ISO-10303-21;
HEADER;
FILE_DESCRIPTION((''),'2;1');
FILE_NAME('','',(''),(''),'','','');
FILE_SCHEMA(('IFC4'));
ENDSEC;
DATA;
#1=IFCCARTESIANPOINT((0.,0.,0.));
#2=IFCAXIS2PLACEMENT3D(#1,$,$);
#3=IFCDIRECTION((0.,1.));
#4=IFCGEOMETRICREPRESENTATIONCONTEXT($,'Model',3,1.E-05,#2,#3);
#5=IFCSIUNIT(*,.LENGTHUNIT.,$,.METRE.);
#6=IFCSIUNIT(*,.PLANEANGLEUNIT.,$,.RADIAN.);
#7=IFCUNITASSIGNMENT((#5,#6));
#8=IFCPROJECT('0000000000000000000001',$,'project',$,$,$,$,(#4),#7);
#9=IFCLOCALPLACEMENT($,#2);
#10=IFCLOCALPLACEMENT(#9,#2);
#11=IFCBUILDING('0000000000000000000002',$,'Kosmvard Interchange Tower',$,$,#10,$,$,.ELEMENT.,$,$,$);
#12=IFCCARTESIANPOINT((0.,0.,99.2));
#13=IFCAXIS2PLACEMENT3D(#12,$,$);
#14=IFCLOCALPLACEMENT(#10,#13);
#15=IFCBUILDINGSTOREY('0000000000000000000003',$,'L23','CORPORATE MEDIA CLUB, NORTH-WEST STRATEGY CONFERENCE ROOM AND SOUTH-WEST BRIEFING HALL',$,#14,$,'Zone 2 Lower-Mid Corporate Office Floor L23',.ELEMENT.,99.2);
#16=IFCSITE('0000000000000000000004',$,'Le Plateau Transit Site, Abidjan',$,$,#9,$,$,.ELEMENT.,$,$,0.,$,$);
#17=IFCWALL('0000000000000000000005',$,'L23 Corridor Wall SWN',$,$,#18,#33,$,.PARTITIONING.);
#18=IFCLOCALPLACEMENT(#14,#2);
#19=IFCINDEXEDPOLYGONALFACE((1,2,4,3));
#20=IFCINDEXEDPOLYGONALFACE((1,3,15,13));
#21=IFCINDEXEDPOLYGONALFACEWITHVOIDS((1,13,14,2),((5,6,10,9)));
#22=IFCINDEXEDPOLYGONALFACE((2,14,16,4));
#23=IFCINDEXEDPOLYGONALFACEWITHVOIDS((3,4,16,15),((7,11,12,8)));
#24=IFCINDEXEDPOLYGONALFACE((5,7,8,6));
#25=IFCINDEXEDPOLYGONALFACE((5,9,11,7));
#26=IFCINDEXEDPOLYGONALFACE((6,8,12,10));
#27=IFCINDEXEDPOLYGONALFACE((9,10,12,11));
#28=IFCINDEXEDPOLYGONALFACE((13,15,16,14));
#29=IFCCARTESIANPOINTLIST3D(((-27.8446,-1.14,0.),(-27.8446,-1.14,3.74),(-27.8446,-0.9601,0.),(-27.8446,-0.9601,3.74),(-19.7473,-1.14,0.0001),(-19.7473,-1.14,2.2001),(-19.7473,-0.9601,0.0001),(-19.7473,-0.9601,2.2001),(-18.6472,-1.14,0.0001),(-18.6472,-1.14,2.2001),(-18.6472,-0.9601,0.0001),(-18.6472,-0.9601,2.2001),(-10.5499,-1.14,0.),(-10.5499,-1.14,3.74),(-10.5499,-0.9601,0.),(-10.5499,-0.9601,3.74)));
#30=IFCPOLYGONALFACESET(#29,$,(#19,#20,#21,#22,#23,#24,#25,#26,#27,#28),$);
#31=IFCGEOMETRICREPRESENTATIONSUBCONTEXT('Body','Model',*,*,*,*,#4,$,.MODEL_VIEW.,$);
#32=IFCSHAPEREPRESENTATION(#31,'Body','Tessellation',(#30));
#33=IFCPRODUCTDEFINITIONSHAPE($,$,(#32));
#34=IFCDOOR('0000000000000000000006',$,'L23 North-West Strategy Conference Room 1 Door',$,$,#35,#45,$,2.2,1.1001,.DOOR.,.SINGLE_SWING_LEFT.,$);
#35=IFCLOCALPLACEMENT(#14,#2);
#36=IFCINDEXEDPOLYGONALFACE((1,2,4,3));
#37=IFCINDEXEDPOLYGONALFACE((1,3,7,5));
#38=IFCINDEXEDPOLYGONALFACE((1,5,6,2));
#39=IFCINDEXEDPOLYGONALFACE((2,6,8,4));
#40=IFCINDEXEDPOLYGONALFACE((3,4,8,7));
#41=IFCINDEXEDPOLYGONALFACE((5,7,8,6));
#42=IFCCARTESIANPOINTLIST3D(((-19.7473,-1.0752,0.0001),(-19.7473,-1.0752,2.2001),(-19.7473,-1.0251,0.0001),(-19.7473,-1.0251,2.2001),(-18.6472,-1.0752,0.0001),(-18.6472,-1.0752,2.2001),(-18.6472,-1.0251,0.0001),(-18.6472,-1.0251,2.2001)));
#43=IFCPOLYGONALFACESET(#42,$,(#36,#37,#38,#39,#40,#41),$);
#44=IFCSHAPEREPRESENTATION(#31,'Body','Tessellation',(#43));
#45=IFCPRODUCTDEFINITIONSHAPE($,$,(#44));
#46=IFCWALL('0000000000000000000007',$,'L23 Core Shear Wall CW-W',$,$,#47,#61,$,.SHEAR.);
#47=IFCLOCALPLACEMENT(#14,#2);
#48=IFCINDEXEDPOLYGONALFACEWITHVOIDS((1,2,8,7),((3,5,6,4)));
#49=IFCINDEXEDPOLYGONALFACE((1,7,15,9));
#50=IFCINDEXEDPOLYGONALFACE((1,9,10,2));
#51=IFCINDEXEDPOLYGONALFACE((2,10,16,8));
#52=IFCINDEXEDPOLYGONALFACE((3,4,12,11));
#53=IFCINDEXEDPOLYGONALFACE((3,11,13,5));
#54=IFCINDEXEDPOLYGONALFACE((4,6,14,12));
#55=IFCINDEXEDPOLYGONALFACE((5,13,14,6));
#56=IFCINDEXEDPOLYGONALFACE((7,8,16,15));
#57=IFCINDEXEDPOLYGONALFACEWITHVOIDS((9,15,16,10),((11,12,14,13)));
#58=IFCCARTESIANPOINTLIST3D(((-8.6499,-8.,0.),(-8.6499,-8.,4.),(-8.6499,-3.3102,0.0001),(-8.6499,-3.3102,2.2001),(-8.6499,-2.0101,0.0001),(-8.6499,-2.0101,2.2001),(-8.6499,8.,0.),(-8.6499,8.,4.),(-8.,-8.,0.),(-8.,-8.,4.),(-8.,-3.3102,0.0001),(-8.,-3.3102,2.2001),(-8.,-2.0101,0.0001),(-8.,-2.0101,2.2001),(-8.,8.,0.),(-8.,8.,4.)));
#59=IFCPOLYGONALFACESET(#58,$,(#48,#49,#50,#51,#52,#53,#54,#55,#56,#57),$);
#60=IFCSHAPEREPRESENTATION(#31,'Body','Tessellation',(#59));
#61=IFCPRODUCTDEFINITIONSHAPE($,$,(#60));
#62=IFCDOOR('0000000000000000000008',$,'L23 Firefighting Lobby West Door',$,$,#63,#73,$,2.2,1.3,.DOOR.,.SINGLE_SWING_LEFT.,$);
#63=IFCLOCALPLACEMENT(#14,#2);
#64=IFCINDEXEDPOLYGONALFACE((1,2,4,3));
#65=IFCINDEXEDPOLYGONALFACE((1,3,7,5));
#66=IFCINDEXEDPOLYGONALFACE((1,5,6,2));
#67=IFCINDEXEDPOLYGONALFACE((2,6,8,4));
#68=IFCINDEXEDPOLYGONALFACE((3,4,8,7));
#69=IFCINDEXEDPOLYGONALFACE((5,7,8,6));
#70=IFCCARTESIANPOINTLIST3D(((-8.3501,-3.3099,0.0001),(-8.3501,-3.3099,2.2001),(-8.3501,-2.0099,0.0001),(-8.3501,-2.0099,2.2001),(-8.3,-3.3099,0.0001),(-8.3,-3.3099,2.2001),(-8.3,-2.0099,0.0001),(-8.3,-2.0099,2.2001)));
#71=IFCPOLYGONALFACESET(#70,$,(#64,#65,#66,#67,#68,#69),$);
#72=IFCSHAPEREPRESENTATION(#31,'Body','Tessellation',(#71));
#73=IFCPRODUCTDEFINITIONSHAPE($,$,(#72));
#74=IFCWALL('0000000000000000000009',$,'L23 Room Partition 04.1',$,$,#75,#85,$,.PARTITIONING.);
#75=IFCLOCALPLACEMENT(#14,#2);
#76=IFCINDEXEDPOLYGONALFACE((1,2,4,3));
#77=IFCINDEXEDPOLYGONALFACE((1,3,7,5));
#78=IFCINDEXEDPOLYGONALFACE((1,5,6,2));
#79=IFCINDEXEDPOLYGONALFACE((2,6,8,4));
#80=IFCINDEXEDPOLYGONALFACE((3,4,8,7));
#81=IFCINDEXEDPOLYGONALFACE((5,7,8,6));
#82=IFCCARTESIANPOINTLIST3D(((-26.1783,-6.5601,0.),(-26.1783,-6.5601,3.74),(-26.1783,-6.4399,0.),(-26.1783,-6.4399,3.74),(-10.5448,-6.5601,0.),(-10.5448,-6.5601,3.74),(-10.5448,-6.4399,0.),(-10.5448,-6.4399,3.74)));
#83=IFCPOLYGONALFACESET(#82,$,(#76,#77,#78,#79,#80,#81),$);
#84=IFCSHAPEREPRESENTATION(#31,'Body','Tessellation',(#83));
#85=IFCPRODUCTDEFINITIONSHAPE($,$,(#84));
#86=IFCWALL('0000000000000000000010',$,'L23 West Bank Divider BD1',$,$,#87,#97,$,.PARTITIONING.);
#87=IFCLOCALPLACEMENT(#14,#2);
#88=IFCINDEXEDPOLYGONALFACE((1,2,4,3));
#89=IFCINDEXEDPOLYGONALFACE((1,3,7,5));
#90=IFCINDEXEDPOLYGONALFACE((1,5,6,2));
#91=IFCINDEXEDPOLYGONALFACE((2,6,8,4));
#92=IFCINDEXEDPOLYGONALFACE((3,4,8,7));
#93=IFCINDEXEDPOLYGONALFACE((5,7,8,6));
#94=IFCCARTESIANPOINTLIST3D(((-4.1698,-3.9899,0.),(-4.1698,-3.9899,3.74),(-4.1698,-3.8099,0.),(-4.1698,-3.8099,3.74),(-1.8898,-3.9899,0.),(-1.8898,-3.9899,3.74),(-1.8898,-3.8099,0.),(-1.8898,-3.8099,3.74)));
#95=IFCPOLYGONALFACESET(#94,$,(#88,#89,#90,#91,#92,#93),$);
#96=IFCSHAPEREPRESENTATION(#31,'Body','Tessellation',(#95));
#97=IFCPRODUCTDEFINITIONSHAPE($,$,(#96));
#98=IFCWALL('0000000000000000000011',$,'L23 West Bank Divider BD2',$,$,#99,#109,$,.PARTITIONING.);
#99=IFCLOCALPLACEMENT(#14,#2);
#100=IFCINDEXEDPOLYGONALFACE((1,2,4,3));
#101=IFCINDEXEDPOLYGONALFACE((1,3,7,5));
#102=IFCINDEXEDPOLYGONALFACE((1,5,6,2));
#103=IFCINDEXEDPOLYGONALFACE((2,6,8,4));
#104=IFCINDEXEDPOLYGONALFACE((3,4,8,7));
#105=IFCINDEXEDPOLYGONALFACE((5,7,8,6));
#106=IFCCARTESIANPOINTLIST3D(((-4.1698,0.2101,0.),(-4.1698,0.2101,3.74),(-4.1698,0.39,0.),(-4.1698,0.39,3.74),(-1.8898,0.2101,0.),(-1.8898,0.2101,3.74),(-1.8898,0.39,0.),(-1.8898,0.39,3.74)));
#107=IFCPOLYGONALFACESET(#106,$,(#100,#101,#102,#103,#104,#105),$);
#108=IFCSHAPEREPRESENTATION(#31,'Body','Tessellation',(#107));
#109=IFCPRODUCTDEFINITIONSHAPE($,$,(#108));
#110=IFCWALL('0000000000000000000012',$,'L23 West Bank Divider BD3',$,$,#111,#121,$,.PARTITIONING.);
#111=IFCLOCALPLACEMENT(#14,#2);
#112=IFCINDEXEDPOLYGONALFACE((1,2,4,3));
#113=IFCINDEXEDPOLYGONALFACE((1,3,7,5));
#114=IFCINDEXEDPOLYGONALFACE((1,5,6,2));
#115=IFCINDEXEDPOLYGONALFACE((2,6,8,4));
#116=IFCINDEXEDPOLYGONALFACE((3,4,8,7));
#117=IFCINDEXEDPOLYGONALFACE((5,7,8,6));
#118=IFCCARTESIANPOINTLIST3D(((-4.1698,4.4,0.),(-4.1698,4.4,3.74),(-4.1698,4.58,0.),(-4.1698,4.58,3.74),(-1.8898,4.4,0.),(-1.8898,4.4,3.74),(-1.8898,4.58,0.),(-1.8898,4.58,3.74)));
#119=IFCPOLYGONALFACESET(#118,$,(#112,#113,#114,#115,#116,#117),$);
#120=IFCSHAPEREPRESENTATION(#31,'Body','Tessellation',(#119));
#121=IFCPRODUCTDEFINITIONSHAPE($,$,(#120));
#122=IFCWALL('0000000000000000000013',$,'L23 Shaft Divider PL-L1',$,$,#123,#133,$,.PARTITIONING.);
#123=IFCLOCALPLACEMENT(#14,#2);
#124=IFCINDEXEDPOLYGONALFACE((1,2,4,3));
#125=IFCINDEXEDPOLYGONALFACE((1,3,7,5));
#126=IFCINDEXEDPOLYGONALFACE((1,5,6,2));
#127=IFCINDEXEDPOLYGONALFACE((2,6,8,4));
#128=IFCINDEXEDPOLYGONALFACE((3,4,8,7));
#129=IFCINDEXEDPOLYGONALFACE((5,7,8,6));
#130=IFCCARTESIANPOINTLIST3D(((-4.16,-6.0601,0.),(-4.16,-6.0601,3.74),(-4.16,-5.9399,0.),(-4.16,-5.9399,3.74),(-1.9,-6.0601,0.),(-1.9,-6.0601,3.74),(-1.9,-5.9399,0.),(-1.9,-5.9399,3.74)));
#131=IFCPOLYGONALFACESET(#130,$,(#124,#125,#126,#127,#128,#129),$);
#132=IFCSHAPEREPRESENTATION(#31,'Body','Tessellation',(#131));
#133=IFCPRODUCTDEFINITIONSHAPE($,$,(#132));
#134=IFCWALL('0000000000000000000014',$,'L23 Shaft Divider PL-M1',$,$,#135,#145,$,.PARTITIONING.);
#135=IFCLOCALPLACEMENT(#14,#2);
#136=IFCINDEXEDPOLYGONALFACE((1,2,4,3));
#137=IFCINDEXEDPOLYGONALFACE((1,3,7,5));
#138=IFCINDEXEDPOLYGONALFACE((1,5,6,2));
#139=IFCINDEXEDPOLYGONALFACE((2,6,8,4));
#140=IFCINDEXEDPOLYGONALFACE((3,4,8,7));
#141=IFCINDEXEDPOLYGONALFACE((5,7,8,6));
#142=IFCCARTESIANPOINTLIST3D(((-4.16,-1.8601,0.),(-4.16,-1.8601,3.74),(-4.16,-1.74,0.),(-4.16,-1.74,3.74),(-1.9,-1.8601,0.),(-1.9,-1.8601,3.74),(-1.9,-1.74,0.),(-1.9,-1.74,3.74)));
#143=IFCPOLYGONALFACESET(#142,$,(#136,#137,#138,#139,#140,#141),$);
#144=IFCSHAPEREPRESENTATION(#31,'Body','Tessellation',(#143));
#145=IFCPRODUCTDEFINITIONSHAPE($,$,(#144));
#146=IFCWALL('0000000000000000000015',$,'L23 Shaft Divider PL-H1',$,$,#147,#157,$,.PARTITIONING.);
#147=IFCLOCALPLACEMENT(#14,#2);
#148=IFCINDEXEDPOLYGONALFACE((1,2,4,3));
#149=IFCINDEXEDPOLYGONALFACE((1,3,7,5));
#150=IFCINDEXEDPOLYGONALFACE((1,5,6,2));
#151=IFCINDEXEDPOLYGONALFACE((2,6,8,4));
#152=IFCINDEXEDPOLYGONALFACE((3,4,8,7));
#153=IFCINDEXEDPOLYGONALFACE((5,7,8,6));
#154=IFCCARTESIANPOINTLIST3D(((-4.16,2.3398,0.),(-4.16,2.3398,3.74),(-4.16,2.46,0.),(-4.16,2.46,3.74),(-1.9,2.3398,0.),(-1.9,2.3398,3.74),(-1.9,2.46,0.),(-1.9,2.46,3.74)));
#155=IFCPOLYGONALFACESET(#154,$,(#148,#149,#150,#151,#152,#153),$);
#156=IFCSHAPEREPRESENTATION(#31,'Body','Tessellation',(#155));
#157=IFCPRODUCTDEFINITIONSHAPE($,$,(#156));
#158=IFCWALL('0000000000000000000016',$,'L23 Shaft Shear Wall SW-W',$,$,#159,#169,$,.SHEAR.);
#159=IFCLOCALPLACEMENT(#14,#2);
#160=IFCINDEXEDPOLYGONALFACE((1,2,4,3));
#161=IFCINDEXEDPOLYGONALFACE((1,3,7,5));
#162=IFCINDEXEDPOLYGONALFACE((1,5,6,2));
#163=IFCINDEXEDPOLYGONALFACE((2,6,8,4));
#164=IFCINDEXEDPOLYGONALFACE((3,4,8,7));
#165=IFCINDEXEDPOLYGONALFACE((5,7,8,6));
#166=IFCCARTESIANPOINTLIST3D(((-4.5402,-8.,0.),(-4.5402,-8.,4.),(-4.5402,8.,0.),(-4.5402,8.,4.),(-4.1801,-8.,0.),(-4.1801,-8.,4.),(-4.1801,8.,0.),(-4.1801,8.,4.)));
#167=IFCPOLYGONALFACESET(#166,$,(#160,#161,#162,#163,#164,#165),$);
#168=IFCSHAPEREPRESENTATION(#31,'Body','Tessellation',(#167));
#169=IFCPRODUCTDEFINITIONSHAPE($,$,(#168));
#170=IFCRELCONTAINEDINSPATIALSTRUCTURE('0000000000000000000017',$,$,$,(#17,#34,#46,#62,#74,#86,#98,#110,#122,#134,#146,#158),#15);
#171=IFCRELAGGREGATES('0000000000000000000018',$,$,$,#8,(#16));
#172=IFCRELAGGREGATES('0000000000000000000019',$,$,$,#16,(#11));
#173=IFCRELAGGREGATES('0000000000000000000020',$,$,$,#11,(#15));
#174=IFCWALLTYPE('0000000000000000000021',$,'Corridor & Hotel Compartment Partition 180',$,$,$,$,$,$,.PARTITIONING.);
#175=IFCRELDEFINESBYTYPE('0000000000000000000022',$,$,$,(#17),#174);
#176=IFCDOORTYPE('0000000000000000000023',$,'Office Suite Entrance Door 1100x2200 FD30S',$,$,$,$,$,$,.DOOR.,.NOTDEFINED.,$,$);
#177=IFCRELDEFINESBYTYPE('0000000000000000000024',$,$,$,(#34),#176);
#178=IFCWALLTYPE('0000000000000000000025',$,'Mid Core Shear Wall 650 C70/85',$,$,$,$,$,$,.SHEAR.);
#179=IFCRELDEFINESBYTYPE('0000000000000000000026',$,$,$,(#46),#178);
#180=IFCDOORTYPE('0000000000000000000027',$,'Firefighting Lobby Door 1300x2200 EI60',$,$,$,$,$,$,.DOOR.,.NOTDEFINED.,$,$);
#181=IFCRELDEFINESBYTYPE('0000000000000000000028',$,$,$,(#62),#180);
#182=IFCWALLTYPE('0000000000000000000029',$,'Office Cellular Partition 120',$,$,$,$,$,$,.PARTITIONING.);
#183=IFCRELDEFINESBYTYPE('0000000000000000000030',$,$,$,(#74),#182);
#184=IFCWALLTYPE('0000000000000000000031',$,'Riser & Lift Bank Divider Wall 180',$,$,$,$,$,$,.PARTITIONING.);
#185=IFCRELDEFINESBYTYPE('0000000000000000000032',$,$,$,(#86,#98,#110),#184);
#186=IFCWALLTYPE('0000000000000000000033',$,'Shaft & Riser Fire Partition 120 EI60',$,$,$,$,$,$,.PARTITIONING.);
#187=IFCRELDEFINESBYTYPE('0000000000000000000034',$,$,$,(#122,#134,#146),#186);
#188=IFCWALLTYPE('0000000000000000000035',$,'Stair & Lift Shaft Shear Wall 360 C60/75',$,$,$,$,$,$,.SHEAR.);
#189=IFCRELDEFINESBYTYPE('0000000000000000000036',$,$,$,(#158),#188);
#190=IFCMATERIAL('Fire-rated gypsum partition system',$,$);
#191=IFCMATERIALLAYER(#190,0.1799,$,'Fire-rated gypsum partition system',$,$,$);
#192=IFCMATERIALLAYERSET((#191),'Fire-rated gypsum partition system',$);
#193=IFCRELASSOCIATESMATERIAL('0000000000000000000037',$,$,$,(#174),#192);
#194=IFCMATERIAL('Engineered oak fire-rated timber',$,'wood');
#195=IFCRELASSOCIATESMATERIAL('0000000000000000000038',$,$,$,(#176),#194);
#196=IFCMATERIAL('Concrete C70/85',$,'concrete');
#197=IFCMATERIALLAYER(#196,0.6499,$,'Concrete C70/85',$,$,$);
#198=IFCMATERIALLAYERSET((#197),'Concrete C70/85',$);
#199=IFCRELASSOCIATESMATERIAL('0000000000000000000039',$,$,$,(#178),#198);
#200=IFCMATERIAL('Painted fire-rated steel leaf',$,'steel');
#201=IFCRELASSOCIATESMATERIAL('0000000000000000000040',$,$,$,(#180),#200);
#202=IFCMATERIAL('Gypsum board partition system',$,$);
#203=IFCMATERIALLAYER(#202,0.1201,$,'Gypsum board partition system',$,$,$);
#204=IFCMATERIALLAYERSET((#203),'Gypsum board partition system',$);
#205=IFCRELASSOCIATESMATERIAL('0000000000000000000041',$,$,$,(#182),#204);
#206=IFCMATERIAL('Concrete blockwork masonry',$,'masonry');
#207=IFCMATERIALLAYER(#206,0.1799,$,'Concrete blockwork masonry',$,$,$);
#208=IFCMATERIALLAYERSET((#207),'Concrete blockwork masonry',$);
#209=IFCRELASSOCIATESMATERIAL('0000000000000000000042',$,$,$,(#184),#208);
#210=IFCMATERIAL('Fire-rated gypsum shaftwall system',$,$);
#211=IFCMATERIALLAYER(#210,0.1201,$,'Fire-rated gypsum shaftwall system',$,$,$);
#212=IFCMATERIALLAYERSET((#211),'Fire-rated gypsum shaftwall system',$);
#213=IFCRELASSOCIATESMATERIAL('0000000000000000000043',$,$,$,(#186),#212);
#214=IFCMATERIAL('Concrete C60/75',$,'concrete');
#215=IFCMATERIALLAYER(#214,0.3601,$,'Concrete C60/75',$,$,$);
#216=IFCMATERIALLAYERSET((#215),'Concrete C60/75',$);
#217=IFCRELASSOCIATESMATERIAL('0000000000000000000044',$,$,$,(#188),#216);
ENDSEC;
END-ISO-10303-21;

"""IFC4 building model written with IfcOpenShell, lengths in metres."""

from ifc_helpers import new_model, si_unit, direction, frame, frame_2d, origin, place, context, subcontext, project, spatial, rectangle, extrude, source, transform, mapped, material, layer, layer_set, type_object, element, fill, save


model = new_model("IFC4")

# Units and contexts
model_context = context("Model", 3, precision=1e-05, world=origin(), true_north=direction((0.0, 1.0)))
body_context = subcontext(model_context, "Body", "Model", "MODEL_VIEW")
ifc_project = project(units=[si_unit("LENGTHUNIT", "METRE"), si_unit("PLANEANGLEUNIT", "RADIAN")], contexts=[model_context])

# Site, building, storey
site_placement = place(None, origin())
site = spatial("IfcSite", under=ifc_project, at=site_placement, Name="Le Plateau Transit Site, Abidjan", CompositionType="ELEMENT", RefElevation=0.0)
building_placement = place(site_placement, origin())
building = spatial("IfcBuilding", under=site, at=building_placement, Name="Kosmvard Interchange Tower", CompositionType="ELEMENT")
storey_placement = place(building_placement, frame((0.0, 0.0, 99.2)))
storey = spatial("IfcBuildingStorey", under=building, at=storey_placement, Name="L23", Description="CORPORATE MEDIA CLUB, NORTH-WEST STRATEGY CONFERENCE ROOM AND SOUTH-WEST BRIEFING HALL", LongName="Zone 2 Lower-Mid Corporate Office Floor L23", CompositionType="ELEMENT", Elevation=99.2)

# Shared definitions
ifc_material_1 = material(Name="Concrete C60/75", Category="concrete")

# Shared definitions
ifc_material_2 = material(Name="Fire-rated gypsum partition system")
ifc_layer_1 = layer(ifc_material_2, 0.1799, Name="Fire-rated gypsum partition system")
ifc_layer_set_1 = layer_set([ifc_layer_1], Name="Fire-rated gypsum partition system")
wall_type_1 = type_object("IfcWallType", Name="Corridor & Hotel Compartment Partition 180", PredefinedType="PARTITIONING", material=ifc_layer_set_1)

# Walls, openings, doors
ifc_material_3 = material(Name="Engineered oak fire-rated timber", Category="wood")
door_type_1 = type_object("IfcDoorType", Name="Office Suite Entrance Door 1100x2200 FD30S", OperationType="NOTDEFINED", PredefinedType="DOOR", material=ifc_material_3)
shared_shape_1 = source(origin(), body_context, "Body", "SweptSolid", [
    extrude(rectangle(XDim=1.1001, YDim=2.2, at=frame_2d((0.55, 1.1001))), frame((0.0, 0.0249, 0.0), z_axis=(0.0, -1.0, 0.0), x_axis=(1.0, 0.0, 0.0)), (0.0, 0.0, 1.0), 0.05),
])
wall_1_placement = place(storey_placement, frame((-27.8447, -1.05, 0.0), z_axis=(0.0, 0.0, 1.0), x_axis=(1.0, 0.0, 0.0)))
wall_1 = element("IfcWall", 1, at=wall_1_placement, inside=storey, type_object=wall_type_1, Name="L23 Corridor Wall SWN", PredefinedType="PARTITIONING", context=body_context, shape_type="SweptSolid", body=[
    extrude(rectangle(XDim=17.2947, YDim=0.1799, at=frame_2d((8.6475, 0.0))), origin(), (0.0, 0.0, 1.0), 3.74),
])
opening_1_placement = place(wall_1_placement, frame((8.0974, 0.0, 0.0)))
opening_1 = element("IfcOpeningElement", 2, at=opening_1_placement, cuts=wall_1, PredefinedType="OPENING", context=body_context, shape_type="SweptSolid", body=[
    extrude(rectangle(XDim=1.1001, YDim=2.2, at=frame_2d((0.55, 1.1001))), frame((0.0, 0.1001, 0.0), z_axis=(0.0, -1.0, 0.0), x_axis=(1.0, 0.0, 0.0)), (0.0, 0.0, 1.0), 0.2),
])
door_1_placement = place(opening_1_placement, origin())
door_1 = element("IfcDoor", 3, at=door_1_placement, inside=storey, type_object=door_type_1, Name="L23 North-West Strategy Conference Room 1 Door", OperationType="SINGLE_SWING_LEFT", OverallHeight=2.2, OverallWidth=1.1001, PredefinedType="DOOR", context=body_context, shape_type="MappedRepresentation", body=[
    mapped(shared_shape_1, transform((0.0, 0.0, 0.0), scale=1.0)),
])
fill(opening_1, door_1)
ifc_material_4 = material(Name="Concrete C70/85", Category="concrete")
ifc_layer_2 = layer(ifc_material_4, 0.6499, Name="Concrete C70/85")
ifc_layer_set_2 = layer_set([ifc_layer_2], Name="Concrete C70/85")
wall_type_2 = type_object("IfcWallType", Name="Mid Core Shear Wall 650 C70/85", PredefinedType="SHEAR", material=ifc_layer_set_2)
wall_2_placement = place(storey_placement, frame((-8.325, -8.0, 0.0), z_axis=(0.0, 0.0, 1.0), x_axis=(0.0, 1.0, 0.0)))
wall_2 = element("IfcWall", 4, at=wall_2_placement, inside=storey, type_object=wall_type_2, Name="L23 Core Shear Wall CW-W", PredefinedType="SHEAR", context=body_context, shape_type="SweptSolid", body=[
    extrude(rectangle(XDim=16.0, YDim=0.6499, at=frame_2d((8.0, 0.0))), origin(), (0.0, 0.0, 1.0), 4.0),
])
opening_2_placement = place(wall_2_placement, frame((4.6899, 0.0, 0.0)))
opening_2 = element("IfcOpeningElement", 5, at=opening_2_placement, cuts=wall_2, PredefinedType="OPENING", context=body_context, shape_type="SweptSolid", body=[
    extrude(rectangle(XDim=1.3, YDim=2.2, at=frame_2d((0.6499, 1.1001))), frame((0.0, 0.335, 0.0), z_axis=(0.0, -1.0, 0.0), x_axis=(1.0, 0.0, 0.0)), (0.0, 0.0, 1.0), 0.6699),
])
ifc_material_5 = material(Name="Painted fire-rated steel leaf", Category="steel")
door_type_2 = type_object("IfcDoorType", Name="Firefighting Lobby Door 1300x2200 EI60", OperationType="NOTDEFINED", PredefinedType="DOOR", material=ifc_material_5)
shared_shape_2 = source(origin(), body_context, "Body", "SweptSolid", [
    extrude(rectangle(XDim=1.3, YDim=2.2, at=frame_2d((0.6499, 1.1001))), frame((0.0, 0.0249, 0.0), z_axis=(0.0, -1.0, 0.0), x_axis=(1.0, 0.0, 0.0)), (0.0, 0.0, 1.0), 0.05),
])
door_2_placement = place(opening_2_placement, frame((1.3, 0.0, 0.0), z_axis=(0.0, 0.0, 1.0), x_axis=(-1.0, 0.0, 0.0)))
door_2 = element("IfcDoor", 6, at=door_2_placement, inside=storey, type_object=door_type_2, Name="L23 Firefighting Lobby West Door", OperationType="SINGLE_SWING_LEFT", OverallHeight=2.2, OverallWidth=1.3, PredefinedType="DOOR", context=body_context, shape_type="MappedRepresentation", body=[
    mapped(shared_shape_2, transform((0.0, 0.0, 0.0), scale=1.0)),
])
fill(opening_2, door_2)

# Walls
ifc_material_6 = material(Name="Gypsum board partition system")
ifc_layer_3 = layer(ifc_material_6, 0.1201, Name="Gypsum board partition system")
ifc_layer_set_3 = layer_set([ifc_layer_3], Name="Gypsum board partition system")
wall_type_3 = type_object("IfcWallType", Name="Office Cellular Partition 120", PredefinedType="PARTITIONING", material=ifc_layer_set_3)
wall_3_placement = place(storey_placement, frame((-26.1785, -6.5, 0.0), z_axis=(0.0, 0.0, 1.0), x_axis=(1.0, 0.0, 0.0)))
element("IfcWall", 7, at=wall_3_placement, inside=storey, type_object=wall_type_3, Name="L23 Room Partition 04.1", PredefinedType="PARTITIONING", context=body_context, shape_type="SweptSolid", body=[
    extrude(rectangle(XDim=15.6335, YDim=0.1201, at=frame_2d((7.8169, 0.0))), origin(), (0.0, 0.0, 1.0), 3.74),
])
ifc_material_7 = material(Name="Concrete blockwork masonry", Category="masonry")
ifc_layer_4 = layer(ifc_material_7, 0.1799, Name="Concrete blockwork masonry")
ifc_layer_set_4 = layer_set([ifc_layer_4], Name="Concrete blockwork masonry")
wall_type_4 = type_object("IfcWallType", Name="Riser & Lift Bank Divider Wall 180", PredefinedType="PARTITIONING", material=ifc_layer_set_4)
for number, where, z_axis, x_axis, name in (
    (8, (-4.1699, -3.8999, 0.0), (0.0, 0.0, 1.0), (1.0, 0.0, 0.0), "L23 West Bank Divider BD1"),
    (9, (-4.1699, 0.3, 0.0), (0.0, 0.0, 1.0), (1.0, 0.0, 0.0), "L23 West Bank Divider BD2"),
    (10, (-4.1699, 4.49, 0.0), (0.0, 0.0, 1.0), (1.0, 0.0, 0.0), "L23 West Bank Divider BD3"),
):
    element("IfcWall", number, at=place(storey_placement, frame(where, z_axis=z_axis, x_axis=x_axis)), inside=storey, type_object=wall_type_4, Name=name, PredefinedType="PARTITIONING", context=body_context, shape_type="SweptSolid", body=[
        extrude(rectangle(XDim=2.28, YDim=0.1799, at=frame_2d((1.1401, 0.0))), origin(), (0.0, 0.0, 1.0), 3.74),
    ])
ifc_material_8 = material(Name="Fire-rated gypsum shaftwall system")
ifc_layer_5 = layer(ifc_material_8, 0.1201, Name="Fire-rated gypsum shaftwall system")
ifc_layer_set_5 = layer_set([ifc_layer_5], Name="Fire-rated gypsum shaftwall system")
wall_type_5 = type_object("IfcWallType", Name="Shaft & Riser Fire Partition 120 EI60", PredefinedType="PARTITIONING", material=ifc_layer_set_5)
for number, where, z_axis, x_axis, name in (
    (11, (-4.1599, -6.0, 0.0), (0.0, 0.0, 1.0), (1.0, 0.0, 0.0), "L23 Shaft Divider PL-L1"),
    (12, (-4.1599, -1.8, 0.0), (0.0, 0.0, 1.0), (1.0, 0.0, 0.0), "L23 Shaft Divider PL-M1"),
    (13, (-4.1599, 2.3999, 0.0), (0.0, 0.0, 1.0), (1.0, 0.0, 0.0), "L23 Shaft Divider PL-H1"),
):
    element("IfcWall", number, at=place(storey_placement, frame(where, z_axis=z_axis, x_axis=x_axis)), inside=storey, type_object=wall_type_5, Name=name, PredefinedType="PARTITIONING", context=body_context, shape_type="SweptSolid", body=[
        extrude(rectangle(XDim=2.26, YDim=0.1201, at=frame_2d((1.1299, 0.0))), origin(), (0.0, 0.0, 1.0), 3.74),
    ])
ifc_layer_6 = layer(ifc_material_1, 0.3601, Name="Concrete C60/75")
ifc_layer_set_6 = layer_set([ifc_layer_6], Name="Concrete C60/75")
wall_type_6 = type_object("IfcWallType", Name="Stair & Lift Shaft Shear Wall 360 C60/75", PredefinedType="SHEAR", material=ifc_layer_set_6)
wall_4_placement = place(storey_placement, frame((-4.3601, -8.0, 0.0), z_axis=(0.0, 0.0, 1.0), x_axis=(0.0, 1.0, 0.0)))
element("IfcWall", 14, at=wall_4_placement, inside=storey, type_object=wall_type_6, Name="L23 Shaft Shear Wall SW-W", PredefinedType="SHEAR", context=body_context, shape_type="SweptSolid", body=[
    extrude(rectangle(XDim=16.0, YDim=0.3601, at=frame_2d((8.0, 0.0))), origin(), (0.0, 0.0, 1.0), 4.0),
])

save(model, "model.ifc")
